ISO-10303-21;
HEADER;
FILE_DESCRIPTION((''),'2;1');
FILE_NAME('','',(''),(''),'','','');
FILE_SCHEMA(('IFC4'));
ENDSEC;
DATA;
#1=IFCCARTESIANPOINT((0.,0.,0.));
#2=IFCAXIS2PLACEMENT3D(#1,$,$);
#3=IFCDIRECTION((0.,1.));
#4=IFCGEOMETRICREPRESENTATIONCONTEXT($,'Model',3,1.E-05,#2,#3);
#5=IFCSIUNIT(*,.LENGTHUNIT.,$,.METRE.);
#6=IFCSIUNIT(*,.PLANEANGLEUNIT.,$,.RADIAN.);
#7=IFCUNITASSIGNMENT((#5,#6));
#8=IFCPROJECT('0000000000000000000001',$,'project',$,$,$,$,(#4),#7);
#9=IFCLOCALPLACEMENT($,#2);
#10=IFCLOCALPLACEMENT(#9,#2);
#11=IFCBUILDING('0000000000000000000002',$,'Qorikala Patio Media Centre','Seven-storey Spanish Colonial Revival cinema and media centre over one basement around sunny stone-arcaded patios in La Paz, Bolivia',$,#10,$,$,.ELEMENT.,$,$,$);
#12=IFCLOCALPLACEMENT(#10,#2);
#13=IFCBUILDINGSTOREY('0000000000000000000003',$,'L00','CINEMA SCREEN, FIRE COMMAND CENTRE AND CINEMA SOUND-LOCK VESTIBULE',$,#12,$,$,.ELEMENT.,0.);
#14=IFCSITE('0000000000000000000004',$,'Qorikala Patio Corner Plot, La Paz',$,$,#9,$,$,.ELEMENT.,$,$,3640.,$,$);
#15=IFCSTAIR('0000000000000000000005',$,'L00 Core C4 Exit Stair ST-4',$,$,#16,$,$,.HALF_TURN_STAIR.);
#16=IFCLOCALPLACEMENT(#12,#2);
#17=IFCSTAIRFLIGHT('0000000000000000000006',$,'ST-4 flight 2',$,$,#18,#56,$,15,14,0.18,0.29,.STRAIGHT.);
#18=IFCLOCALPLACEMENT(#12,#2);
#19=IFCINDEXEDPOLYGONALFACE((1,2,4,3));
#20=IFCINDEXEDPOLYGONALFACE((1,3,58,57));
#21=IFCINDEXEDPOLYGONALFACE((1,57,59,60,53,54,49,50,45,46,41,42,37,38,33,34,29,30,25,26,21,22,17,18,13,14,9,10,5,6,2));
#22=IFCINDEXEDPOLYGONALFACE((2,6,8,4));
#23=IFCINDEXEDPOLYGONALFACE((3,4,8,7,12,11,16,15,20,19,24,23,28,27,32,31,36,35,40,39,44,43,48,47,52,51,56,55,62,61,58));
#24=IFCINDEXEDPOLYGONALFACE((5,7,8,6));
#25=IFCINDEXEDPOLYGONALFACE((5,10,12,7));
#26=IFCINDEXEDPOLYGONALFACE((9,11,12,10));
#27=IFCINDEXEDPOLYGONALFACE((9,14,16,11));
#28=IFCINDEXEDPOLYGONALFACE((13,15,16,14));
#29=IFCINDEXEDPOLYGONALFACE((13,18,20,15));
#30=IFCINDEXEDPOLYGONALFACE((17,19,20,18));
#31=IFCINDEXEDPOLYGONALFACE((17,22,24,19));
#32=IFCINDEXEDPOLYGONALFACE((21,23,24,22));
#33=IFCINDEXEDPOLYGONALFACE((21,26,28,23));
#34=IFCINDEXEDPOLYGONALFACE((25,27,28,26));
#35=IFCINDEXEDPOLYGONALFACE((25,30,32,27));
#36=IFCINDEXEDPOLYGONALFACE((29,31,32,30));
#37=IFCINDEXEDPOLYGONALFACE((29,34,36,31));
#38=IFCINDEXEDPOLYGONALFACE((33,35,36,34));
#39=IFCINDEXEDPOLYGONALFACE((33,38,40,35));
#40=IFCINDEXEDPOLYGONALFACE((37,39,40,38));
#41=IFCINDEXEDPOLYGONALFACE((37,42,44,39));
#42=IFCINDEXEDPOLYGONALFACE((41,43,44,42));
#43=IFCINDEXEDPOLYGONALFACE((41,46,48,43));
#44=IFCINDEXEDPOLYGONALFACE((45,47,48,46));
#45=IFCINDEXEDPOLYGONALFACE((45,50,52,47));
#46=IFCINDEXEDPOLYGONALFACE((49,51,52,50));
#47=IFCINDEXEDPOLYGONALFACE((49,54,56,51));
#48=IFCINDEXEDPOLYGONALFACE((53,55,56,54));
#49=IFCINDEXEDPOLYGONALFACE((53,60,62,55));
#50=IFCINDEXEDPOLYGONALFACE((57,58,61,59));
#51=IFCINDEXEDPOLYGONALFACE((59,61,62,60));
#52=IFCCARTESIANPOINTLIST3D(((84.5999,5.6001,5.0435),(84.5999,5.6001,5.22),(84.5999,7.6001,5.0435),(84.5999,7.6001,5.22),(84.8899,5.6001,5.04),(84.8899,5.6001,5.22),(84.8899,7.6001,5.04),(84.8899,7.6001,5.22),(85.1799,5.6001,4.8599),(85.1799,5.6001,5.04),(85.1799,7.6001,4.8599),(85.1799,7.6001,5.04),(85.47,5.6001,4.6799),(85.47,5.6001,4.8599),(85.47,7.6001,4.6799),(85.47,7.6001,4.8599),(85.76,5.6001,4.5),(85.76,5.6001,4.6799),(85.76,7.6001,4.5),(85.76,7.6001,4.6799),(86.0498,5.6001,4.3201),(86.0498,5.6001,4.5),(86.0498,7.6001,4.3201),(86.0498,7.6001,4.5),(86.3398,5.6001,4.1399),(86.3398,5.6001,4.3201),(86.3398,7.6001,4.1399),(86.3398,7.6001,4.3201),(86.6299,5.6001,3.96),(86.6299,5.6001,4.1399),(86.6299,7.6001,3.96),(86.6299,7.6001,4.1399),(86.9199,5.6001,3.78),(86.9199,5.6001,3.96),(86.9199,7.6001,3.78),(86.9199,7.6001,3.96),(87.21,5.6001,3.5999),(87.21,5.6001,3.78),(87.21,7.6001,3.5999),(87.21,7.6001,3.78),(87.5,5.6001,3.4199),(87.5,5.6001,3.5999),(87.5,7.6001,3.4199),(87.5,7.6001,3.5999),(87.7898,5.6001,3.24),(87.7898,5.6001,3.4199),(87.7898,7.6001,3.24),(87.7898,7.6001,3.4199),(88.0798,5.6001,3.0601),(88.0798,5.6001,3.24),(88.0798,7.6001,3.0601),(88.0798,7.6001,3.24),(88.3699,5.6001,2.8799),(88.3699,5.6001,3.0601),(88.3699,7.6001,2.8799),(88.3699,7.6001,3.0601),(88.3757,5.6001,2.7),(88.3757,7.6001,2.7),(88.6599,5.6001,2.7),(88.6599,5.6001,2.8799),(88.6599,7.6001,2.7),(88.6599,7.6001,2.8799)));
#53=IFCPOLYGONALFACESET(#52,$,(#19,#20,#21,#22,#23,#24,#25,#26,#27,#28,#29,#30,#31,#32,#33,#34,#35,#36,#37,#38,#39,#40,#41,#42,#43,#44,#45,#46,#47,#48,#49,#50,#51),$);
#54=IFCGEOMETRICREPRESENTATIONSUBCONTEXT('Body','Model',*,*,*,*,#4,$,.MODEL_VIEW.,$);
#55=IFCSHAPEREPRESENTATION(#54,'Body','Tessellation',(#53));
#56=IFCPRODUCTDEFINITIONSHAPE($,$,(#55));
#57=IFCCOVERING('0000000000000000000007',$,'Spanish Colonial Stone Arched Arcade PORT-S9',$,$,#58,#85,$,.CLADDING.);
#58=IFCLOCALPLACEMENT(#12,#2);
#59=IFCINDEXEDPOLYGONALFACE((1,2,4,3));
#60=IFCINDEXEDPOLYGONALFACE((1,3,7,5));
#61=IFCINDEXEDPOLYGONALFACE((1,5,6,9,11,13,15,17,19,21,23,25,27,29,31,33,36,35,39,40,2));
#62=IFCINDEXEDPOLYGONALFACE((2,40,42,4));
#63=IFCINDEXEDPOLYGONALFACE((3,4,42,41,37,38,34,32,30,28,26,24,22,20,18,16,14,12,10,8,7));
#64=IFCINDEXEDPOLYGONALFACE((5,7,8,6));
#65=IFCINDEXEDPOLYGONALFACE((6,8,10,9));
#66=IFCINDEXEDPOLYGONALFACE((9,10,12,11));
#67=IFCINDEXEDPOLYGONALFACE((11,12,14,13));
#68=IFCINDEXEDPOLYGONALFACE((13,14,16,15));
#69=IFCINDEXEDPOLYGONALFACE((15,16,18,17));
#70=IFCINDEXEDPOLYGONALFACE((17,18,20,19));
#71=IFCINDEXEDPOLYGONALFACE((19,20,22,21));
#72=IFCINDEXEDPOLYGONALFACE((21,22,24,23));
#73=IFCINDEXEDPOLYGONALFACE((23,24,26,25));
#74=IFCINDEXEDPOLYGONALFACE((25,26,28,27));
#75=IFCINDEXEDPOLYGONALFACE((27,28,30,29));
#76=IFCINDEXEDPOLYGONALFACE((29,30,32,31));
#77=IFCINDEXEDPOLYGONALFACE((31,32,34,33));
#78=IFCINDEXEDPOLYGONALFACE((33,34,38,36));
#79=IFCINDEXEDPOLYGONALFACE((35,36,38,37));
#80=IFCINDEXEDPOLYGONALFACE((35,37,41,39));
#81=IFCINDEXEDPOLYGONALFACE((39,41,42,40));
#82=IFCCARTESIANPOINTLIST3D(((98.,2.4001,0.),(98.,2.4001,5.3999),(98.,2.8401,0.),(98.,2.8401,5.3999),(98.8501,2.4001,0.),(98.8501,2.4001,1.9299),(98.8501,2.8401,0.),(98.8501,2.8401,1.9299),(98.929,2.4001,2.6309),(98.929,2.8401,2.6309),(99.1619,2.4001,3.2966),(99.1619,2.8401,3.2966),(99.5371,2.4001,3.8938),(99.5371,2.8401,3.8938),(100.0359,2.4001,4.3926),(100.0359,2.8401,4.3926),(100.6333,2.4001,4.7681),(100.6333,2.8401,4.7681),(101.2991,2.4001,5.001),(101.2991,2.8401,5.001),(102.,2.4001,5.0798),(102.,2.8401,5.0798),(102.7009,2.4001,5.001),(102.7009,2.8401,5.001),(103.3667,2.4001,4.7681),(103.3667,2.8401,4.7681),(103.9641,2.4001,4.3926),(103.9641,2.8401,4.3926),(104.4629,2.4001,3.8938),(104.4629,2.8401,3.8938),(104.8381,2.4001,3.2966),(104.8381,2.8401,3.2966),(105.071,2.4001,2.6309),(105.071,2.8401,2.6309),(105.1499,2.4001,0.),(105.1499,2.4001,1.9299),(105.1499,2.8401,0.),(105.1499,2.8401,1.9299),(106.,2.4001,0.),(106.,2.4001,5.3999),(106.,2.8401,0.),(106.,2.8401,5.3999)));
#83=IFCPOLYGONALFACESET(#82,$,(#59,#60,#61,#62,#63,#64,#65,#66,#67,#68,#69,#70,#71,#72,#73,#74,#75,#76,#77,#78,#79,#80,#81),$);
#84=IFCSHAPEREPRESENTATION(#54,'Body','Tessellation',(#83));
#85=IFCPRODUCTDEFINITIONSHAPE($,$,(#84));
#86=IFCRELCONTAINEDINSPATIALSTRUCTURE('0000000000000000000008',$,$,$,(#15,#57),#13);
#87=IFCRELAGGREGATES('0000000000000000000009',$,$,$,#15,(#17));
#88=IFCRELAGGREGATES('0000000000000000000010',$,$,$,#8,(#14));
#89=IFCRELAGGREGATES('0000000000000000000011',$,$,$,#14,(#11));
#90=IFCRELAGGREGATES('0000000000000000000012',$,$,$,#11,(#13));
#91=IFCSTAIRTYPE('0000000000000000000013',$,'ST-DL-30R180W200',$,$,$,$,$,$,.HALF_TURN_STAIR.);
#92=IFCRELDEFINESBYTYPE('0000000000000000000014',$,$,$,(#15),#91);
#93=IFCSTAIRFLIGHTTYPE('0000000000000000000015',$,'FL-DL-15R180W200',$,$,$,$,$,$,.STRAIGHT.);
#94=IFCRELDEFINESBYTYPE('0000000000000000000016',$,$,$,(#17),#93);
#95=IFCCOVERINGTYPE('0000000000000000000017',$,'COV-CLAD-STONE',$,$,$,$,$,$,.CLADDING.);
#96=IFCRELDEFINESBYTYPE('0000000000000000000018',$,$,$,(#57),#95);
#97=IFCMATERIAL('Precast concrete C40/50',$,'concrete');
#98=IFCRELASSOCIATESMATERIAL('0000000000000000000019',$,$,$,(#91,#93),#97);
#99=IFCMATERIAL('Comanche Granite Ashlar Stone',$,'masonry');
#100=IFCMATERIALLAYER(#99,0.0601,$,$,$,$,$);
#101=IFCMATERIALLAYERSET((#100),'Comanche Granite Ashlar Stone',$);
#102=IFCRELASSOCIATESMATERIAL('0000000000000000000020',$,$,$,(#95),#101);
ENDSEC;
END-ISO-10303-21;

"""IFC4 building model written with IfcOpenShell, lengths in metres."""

from ifc_helpers import new_model, si_unit, direction, frame, origin, place, context, subcontext, project, spatial, polyline, outline, extrude, material, layer, layer_set, type_object, element, aggregate, save


model = new_model("IFC4")

# Units and contexts
model_context = context("Model", 3, precision=1e-05, world=origin(), true_north=direction((0.0, 1.0)))
body_context = subcontext(model_context, "Body", "Model", "MODEL_VIEW")
ifc_project = project(units=[si_unit("LENGTHUNIT", "METRE"), si_unit("PLANEANGLEUNIT", "RADIAN")], contexts=[model_context])

# Site, building, storey
site_placement = place(None, origin())
site = spatial("IfcSite", under=ifc_project, at=site_placement, Name="Qorikala Patio Corner Plot, La Paz", CompositionType="ELEMENT", RefElevation=3640.0)
building_placement = place(site_placement, origin())
building = spatial("IfcBuilding", under=site, at=building_placement, Name="Qorikala Patio Media Centre", Description="Seven-storey Spanish Colonial Revival cinema and media centre over one basement around sunny stone-arcaded patios in La Paz, Bolivia", CompositionType="ELEMENT")
storey_placement = place(building_placement, origin())
storey = spatial("IfcBuildingStorey", under=building, at=storey_placement, Name="L00", Description="CINEMA SCREEN, FIRE COMMAND CENTRE AND CINEMA SOUND-LOCK VESTIBULE", CompositionType="ELEMENT", Elevation=0.0)

# Stair, stair flight
ifc_material_1 = material(Name="Precast concrete C40/50", Category="concrete")
stair_type = type_object("IfcStairType", Name="ST-DL-30R180W200", PredefinedType="HALF_TURN_STAIR", material=ifc_material_1)
stair_placement = place(storey_placement, origin())
stair = element("IfcStair", 1, at=stair_placement, inside=storey, type_object=stair_type, Name="L00 Core C4 Exit Stair ST-4", PredefinedType="HALF_TURN_STAIR")
stair_flight_type = type_object("IfcStairFlightType", Name="FL-DL-15R180W200", PredefinedType="STRAIGHT", material=ifc_material_1)
stair_flight_1_placement = place(storey_placement, frame((88.6599, 6.6001, 2.7), z_axis=(0.0, 0.0, 1.0), x_axis=(-1.0, 0.0, 0.0)))
stair_flight_1 = element("IfcStairFlight", 2, at=stair_flight_1_placement, type_object=stair_flight_type, Name="ST-4 flight 2", NumberOfRisers=15, NumberOfTreads=14, PredefinedType="STRAIGHT", RiserHeight=0.18, TreadLength=0.29, context=body_context, shape_type="SweptSolid", body=[
    extrude(outline(polyline([(0.0, 0.0), (0.0, 0.1799), (0.29, 0.1799), (0.29, 0.3601), (0.5801, 0.3601), (0.5801, 0.54), (0.8701, 0.54), (0.8701, 0.72), (1.1599, 0.72), (1.1599, 0.8999), (1.45, 0.8999), (1.45, 1.0801), (1.74, 1.0801), (1.74, 1.26), (2.03, 1.26), (2.03, 1.4399), (2.3201, 1.4399), (2.3201, 1.6201), (2.6101, 1.6201), (2.6101, 1.8), (2.8999, 1.8), (2.8999, 1.98), (3.1899, 1.98), (3.1899, 2.1599), (3.48, 2.1599), (3.48, 2.3401), (3.77, 2.3401), (3.77, 2.52), (4.0601, 2.52), (4.0601, 2.7), (4.0601, 2.3435), (0.2842, 0.0), (0.0, 0.0)])), frame((0.0, 1.0, 0.0), z_axis=(0.0, -1.0, 0.0), x_axis=(1.0, 0.0, 0.0)), (0.0, 0.0, 1.0), 2.0),
])
aggregate(stair, [stair_flight_1])

# Covering
ifc_material_2 = material(Name="Comanche Granite Ashlar Stone", Category="masonry")
ifc_layer_1 = layer(ifc_material_2, 0.0601)
ifc_layer_set_1 = layer_set([ifc_layer_1], Name="Comanche Granite Ashlar Stone")
covering_type = type_object("IfcCoveringType", Name="COV-CLAD-STONE", PredefinedType="CLADDING", material=ifc_layer_set_1)
covering_placement = place(storey_placement, frame((98.0, 2.6201, 0.0), z_axis=(0.0, 0.0, 1.0), x_axis=(1.0, 0.0, 0.0)))
element("IfcCovering", 3, at=covering_placement, inside=storey, type_object=covering_type, Name="Spanish Colonial Stone Arched Arcade PORT-S9", PredefinedType="CLADDING", context=body_context, shape_type="SweptSolid", body=[
    extrude(outline(polyline([(0.0, 0.0), (0.8501, 0.0), (0.8501, 1.9299), (0.929, 2.6309), (1.1619, 3.2966), (1.5371, 3.8938), (2.0359, 4.3926), (2.6333, 4.7681), (3.2991, 5.001), (4.0, 5.0798), (4.7009, 5.001), (5.3667, 4.7681), (5.9641, 4.3926), (6.4629, 3.8938), (6.8381, 3.2966), (7.071, 2.6309), (7.1499, 1.9299), (7.1499, 0.0), (8.0, 0.0), (8.0, 5.3999), (0.0, 5.3999), (0.0, 0.0)])), frame((0.0, 0.22, 0.0), z_axis=(0.0, -1.0, 0.0), x_axis=(1.0, 0.0, 0.0)), (0.0, 0.0, 1.0), 0.4399),
])

save(model, "model.ifc")
